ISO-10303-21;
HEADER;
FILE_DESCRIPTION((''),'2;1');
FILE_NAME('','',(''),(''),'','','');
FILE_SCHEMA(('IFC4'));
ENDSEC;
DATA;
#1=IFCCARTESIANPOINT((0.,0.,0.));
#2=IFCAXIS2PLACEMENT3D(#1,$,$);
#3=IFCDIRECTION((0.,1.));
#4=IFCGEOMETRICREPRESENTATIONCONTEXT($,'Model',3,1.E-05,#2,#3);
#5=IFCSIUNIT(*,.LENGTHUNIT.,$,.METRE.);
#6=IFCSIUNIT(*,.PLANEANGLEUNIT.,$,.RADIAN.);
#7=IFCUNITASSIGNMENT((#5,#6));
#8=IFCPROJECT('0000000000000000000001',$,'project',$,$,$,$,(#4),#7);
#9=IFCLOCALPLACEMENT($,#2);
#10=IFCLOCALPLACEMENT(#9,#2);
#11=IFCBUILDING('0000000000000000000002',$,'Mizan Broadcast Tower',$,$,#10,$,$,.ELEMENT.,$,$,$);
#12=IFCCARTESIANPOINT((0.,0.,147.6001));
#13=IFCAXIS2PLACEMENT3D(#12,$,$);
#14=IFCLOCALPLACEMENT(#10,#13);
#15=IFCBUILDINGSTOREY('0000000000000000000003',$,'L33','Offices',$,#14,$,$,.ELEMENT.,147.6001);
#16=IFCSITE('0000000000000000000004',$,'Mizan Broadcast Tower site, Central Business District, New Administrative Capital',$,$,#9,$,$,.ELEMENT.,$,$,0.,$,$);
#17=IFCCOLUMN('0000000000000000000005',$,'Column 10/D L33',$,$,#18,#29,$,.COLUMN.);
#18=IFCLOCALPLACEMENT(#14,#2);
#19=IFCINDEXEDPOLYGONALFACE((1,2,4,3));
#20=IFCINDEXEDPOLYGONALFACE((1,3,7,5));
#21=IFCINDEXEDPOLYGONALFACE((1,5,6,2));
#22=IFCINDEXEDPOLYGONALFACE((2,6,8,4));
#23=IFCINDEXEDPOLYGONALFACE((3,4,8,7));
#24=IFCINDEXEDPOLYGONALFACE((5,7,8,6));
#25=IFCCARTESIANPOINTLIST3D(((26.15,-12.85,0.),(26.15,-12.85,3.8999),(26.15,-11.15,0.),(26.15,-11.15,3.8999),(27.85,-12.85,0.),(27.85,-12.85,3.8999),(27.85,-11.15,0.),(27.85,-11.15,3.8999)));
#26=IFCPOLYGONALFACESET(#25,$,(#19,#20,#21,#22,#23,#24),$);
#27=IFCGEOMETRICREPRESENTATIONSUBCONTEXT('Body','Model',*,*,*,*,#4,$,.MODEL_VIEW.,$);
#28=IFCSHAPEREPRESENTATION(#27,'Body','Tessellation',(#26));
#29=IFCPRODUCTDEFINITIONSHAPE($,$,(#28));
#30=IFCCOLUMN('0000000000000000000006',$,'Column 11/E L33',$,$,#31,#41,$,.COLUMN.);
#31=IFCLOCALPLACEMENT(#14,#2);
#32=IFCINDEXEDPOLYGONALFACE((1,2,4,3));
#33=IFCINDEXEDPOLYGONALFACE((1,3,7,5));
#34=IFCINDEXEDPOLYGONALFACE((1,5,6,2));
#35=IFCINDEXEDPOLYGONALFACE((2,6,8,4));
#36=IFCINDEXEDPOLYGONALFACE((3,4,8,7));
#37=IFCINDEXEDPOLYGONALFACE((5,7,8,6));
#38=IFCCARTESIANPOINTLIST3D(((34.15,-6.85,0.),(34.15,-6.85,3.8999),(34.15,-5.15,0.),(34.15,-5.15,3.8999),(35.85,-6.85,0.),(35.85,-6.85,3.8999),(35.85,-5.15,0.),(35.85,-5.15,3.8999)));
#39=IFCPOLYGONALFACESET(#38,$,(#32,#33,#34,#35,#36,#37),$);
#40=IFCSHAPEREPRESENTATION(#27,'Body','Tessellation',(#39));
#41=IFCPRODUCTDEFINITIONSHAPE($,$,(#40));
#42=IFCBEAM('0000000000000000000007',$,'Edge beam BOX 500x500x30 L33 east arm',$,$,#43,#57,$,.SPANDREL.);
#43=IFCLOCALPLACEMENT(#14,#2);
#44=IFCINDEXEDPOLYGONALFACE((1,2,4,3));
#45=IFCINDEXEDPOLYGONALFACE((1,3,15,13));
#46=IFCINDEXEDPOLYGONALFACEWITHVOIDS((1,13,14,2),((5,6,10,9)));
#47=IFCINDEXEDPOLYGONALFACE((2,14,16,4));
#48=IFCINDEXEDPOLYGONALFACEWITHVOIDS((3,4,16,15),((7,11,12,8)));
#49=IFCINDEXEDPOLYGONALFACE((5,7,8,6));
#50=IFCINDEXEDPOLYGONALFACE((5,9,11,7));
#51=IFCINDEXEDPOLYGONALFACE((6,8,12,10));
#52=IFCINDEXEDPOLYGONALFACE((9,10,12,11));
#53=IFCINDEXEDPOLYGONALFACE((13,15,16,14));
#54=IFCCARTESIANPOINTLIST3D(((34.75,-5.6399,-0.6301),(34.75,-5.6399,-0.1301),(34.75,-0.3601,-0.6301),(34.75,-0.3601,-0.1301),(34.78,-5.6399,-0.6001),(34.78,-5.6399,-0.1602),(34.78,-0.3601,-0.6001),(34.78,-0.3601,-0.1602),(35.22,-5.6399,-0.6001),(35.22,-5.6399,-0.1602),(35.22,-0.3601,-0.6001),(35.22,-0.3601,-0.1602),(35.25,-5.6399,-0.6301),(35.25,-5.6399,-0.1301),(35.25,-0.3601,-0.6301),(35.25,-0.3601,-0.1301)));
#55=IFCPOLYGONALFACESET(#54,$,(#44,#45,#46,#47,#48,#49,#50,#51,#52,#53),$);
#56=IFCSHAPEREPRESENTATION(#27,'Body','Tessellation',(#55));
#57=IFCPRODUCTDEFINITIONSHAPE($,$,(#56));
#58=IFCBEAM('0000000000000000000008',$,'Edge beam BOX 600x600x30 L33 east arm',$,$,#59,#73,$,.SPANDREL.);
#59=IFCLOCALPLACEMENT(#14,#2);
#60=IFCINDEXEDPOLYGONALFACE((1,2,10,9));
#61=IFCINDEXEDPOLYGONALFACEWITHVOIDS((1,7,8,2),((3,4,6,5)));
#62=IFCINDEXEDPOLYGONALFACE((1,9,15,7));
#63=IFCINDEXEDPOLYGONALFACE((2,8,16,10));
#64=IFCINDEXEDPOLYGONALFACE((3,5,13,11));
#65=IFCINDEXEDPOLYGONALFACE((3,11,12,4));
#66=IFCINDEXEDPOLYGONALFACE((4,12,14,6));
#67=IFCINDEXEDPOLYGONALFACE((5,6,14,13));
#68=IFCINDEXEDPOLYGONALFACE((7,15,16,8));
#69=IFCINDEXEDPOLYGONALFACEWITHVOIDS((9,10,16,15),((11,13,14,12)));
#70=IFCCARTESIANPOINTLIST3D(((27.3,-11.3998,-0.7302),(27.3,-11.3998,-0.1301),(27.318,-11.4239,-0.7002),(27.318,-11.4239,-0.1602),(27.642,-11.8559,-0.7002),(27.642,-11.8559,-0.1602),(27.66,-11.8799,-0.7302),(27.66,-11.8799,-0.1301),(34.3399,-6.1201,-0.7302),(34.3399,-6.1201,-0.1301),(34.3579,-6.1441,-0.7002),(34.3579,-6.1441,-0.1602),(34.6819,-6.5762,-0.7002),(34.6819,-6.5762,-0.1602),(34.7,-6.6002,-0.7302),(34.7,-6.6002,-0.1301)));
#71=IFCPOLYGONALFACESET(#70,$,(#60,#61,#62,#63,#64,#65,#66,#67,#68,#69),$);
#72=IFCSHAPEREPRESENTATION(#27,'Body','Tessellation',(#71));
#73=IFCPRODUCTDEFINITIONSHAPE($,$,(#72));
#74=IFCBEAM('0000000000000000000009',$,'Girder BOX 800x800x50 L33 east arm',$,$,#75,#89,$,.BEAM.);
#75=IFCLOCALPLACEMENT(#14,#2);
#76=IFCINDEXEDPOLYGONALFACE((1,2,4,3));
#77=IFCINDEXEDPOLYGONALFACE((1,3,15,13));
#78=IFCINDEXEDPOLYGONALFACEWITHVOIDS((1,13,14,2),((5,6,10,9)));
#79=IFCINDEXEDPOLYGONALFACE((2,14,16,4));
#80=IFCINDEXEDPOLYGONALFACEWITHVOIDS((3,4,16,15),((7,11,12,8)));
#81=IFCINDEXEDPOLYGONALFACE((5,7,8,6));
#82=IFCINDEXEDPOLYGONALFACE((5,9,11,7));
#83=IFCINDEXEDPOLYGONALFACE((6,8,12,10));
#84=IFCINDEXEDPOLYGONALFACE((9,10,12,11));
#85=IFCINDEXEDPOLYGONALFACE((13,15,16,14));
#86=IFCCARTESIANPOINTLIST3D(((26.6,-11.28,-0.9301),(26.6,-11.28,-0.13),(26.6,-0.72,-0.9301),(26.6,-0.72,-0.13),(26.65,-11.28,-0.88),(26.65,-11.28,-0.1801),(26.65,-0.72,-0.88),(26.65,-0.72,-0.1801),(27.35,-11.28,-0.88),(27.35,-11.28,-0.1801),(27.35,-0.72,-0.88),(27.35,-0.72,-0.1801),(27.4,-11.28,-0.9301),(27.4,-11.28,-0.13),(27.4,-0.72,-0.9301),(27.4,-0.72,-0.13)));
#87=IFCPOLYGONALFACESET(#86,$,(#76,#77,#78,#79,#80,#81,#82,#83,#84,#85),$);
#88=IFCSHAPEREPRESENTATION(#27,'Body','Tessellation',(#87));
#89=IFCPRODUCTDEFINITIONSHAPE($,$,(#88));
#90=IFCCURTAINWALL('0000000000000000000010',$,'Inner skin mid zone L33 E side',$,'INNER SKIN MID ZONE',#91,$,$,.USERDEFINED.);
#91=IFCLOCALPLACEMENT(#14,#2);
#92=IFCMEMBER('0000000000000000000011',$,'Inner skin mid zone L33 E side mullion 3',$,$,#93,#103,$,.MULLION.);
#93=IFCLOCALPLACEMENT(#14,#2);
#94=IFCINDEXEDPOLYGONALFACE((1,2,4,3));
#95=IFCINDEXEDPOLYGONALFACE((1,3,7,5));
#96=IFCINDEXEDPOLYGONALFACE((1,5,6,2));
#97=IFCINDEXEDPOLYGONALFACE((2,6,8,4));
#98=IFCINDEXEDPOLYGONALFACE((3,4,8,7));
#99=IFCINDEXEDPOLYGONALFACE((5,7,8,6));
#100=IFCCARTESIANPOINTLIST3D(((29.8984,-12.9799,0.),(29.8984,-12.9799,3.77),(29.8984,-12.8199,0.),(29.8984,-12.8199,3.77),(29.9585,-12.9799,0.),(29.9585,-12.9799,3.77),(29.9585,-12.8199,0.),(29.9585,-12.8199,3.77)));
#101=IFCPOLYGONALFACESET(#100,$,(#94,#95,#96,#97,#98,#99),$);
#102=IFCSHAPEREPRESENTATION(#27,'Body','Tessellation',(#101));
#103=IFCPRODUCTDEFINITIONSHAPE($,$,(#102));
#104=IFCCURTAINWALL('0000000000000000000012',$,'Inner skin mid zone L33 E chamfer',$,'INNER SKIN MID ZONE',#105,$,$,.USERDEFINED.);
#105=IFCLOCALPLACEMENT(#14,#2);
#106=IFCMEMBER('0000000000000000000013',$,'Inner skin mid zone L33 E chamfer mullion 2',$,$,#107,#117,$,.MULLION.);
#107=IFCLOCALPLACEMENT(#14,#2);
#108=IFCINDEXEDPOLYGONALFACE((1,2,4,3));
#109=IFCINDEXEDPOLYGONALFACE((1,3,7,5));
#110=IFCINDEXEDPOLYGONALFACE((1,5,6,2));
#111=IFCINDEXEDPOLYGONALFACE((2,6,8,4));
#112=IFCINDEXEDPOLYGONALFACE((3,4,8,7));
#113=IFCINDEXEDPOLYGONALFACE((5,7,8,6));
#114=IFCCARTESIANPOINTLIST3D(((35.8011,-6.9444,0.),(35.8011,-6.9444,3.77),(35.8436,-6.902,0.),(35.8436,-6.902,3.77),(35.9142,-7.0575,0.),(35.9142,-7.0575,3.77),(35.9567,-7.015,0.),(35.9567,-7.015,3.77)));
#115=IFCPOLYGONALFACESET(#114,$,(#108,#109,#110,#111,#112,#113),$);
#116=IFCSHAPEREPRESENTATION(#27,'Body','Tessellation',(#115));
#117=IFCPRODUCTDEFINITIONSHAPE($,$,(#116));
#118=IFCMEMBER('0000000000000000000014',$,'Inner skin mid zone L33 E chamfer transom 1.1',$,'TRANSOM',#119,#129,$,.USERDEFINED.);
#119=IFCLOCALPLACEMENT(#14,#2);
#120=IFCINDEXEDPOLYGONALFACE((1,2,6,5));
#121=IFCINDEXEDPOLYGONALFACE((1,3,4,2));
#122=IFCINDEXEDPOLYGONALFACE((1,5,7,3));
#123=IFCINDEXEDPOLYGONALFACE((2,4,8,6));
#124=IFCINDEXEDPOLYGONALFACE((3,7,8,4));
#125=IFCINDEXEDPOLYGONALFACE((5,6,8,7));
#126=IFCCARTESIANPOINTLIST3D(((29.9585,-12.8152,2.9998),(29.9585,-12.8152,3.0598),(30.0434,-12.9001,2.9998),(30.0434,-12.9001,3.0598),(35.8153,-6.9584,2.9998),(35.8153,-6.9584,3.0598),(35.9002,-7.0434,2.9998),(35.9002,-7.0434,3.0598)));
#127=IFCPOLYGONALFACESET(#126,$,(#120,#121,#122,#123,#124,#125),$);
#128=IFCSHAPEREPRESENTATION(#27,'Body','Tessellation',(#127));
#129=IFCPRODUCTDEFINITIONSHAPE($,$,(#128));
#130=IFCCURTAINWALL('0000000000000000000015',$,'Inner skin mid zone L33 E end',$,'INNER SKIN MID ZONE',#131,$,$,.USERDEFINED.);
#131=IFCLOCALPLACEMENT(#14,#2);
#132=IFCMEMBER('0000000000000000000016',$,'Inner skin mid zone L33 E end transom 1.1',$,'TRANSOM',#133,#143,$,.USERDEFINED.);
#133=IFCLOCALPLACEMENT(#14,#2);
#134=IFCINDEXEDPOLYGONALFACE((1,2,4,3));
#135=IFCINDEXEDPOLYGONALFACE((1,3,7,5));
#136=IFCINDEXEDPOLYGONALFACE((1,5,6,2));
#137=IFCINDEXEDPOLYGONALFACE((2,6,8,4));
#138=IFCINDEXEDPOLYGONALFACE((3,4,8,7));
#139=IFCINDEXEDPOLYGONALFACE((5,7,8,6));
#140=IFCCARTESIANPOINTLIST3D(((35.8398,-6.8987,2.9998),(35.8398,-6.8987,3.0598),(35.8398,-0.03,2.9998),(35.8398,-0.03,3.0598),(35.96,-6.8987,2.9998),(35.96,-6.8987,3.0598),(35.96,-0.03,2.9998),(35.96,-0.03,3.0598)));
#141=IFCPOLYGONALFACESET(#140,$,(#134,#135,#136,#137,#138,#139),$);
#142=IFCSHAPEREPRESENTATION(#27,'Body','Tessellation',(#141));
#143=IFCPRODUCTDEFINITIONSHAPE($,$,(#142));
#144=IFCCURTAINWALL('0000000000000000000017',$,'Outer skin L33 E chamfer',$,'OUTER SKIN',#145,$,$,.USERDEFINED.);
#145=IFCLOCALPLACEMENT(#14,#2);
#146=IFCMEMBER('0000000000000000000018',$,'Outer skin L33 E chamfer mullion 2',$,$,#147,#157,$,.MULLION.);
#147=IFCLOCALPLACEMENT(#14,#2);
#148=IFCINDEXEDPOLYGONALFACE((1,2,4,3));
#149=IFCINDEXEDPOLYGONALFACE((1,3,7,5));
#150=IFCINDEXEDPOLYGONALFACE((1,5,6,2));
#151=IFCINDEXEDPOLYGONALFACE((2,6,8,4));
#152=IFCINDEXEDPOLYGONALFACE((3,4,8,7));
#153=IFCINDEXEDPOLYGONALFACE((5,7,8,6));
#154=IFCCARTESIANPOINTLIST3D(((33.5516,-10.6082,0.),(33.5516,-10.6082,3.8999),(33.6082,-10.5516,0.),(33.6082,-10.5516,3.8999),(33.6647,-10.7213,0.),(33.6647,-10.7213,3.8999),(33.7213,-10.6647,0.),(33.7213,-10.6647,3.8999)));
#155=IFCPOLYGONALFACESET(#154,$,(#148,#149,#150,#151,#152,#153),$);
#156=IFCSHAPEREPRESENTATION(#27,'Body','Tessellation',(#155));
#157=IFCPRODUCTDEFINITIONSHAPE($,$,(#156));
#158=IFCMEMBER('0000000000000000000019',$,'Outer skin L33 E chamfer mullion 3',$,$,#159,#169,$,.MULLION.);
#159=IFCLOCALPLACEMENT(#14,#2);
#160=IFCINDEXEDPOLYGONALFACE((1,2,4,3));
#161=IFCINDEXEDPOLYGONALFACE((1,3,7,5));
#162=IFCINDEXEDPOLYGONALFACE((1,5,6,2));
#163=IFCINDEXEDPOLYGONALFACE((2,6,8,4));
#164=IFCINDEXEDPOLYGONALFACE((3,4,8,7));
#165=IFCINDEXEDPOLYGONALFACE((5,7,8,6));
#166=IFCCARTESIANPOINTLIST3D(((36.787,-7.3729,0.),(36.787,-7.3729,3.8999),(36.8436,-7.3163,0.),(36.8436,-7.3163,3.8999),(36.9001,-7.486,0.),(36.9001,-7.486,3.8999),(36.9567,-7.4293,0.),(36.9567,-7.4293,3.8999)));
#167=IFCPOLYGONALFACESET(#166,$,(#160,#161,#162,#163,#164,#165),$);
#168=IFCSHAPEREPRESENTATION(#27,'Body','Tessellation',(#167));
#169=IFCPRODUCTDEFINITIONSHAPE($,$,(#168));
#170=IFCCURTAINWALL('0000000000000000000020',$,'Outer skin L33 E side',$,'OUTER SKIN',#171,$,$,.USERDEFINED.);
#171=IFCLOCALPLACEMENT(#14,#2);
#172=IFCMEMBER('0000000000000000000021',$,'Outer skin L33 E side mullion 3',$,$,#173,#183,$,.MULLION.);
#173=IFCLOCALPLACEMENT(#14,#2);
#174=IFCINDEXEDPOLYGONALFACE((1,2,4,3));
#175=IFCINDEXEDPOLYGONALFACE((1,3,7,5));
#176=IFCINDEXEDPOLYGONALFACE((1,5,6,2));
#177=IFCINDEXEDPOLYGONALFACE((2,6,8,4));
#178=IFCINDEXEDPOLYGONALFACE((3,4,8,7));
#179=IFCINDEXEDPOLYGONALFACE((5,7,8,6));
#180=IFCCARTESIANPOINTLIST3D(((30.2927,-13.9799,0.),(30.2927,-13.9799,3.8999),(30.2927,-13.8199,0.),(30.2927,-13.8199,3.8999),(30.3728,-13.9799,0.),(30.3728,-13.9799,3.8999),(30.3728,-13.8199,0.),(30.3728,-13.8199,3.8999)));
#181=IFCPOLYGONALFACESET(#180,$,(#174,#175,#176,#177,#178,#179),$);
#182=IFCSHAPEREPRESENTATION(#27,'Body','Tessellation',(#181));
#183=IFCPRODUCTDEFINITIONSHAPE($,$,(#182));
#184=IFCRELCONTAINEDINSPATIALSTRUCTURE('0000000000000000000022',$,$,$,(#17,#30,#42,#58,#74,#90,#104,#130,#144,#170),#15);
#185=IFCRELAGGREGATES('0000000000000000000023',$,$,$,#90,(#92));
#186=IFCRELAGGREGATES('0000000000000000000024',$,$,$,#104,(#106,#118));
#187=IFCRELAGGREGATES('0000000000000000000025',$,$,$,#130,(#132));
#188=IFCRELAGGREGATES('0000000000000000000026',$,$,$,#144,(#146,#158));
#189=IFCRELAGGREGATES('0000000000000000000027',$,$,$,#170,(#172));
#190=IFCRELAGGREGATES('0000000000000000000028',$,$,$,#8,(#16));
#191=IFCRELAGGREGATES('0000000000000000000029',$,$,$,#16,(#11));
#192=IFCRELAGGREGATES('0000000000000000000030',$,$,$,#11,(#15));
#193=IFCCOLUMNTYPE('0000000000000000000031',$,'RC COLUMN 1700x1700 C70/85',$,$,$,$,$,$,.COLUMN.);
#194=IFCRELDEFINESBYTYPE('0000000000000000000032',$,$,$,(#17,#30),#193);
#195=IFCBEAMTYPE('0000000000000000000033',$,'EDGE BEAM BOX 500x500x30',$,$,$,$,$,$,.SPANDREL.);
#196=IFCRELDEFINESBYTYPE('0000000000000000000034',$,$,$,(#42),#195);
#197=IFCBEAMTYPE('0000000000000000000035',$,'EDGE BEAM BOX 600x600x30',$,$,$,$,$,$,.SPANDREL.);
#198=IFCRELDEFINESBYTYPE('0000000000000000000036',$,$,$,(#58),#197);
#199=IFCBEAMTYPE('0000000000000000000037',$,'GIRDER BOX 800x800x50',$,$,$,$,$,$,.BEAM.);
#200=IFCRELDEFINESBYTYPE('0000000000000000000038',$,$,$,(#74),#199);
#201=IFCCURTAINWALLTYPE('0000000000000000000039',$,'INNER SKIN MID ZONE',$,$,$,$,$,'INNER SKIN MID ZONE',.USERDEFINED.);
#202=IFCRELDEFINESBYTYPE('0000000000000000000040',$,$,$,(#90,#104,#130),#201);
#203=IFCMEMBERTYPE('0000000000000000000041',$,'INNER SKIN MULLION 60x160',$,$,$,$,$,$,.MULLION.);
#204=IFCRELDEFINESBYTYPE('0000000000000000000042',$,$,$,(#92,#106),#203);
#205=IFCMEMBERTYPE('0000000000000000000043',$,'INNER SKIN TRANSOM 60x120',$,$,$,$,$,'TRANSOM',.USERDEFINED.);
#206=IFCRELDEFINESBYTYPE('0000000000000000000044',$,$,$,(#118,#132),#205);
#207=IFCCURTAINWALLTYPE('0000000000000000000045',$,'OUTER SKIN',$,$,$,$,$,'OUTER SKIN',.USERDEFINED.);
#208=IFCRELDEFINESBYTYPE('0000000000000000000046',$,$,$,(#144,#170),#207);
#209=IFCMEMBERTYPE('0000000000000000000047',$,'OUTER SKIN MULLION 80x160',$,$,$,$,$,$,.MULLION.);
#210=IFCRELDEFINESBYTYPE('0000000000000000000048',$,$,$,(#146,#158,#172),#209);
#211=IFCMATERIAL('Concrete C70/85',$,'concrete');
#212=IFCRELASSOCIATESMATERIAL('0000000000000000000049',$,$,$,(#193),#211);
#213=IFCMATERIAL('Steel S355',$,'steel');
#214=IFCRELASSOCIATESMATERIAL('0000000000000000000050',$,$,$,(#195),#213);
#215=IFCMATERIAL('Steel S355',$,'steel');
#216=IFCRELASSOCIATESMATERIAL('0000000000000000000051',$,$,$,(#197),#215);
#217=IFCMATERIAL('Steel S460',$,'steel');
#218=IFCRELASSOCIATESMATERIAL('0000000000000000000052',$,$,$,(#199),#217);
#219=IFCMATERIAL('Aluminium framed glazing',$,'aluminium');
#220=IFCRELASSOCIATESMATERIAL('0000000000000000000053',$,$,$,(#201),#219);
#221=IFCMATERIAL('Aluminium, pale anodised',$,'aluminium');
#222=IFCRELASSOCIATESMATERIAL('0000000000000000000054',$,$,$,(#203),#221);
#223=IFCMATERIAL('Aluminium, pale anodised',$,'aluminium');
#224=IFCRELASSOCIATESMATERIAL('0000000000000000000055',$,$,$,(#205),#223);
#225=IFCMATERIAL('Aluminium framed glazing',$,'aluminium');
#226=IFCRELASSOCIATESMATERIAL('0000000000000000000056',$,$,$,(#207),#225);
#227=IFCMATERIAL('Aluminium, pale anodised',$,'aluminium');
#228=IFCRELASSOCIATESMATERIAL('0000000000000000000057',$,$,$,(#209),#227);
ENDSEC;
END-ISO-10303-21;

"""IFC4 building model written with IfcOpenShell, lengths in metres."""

from ifc_helpers import new_model, si_unit, direction, frame, origin, origin_2d, place, context, subcontext, project, spatial, rectangle, hollow_rectangle, extrude, material, material_profile, profile_set, type_object, element, aggregate, save


model = new_model("IFC4")

# Units and contexts
model_context = context("Model", 3, precision=1e-05, world=origin(), true_north=direction((0.0, 1.0)))
body_context = subcontext(model_context, "Body", "Model", "MODEL_VIEW")
ifc_project = project(units=[si_unit("LENGTHUNIT", "METRE"), si_unit("PLANEANGLEUNIT", "RADIAN")], contexts=[model_context])

# Site, building, storey
site_placement = place(None, origin())
site = spatial("IfcSite", under=ifc_project, at=site_placement, Name="Mizan Broadcast Tower site, Central Business District, New Administrative Capital", CompositionType="ELEMENT", RefElevation=0.0)
building_placement = place(site_placement, origin())
building = spatial("IfcBuilding", under=site, at=building_placement, Name="Mizan Broadcast Tower", CompositionType="ELEMENT")
storey_placement = place(building_placement, frame((0.0, 0.0, 147.6001)))
storey = spatial("IfcBuildingStorey", under=building, at=storey_placement, Name="L33", Description="Offices", CompositionType="ELEMENT", Elevation=147.6001)

# Columns
ifc_material_1 = material(Name="Concrete C70/85", Category="concrete")
ifc_material_profile_1 = material_profile(ifc_material_1, rectangle(XDim=1.7, YDim=1.7, at=origin_2d()), Name="RC 1700x1700")
ifc_profile_set_1 = profile_set([ifc_material_profile_1], Name="Concrete C70/85")
column_type = type_object("IfcColumnType", Name="RC COLUMN 1700x1700 C70/85", PredefinedType="COLUMN", material=ifc_profile_set_1)
for number, where, z_axis, x_axis, name in (
    (1, (27.0, -12.0, 0.0), (0.0, 0.0, 1.0), (1.0, 0.0, 0.0), "Column 10/D L33"),
    (2, (35.0, -6.0, 0.0), (0.0, 0.0, 1.0), (1.0, 0.0, 0.0), "Column 11/E L33"),
):
    element("IfcColumn", number, at=place(storey_placement, frame(where, z_axis=z_axis, x_axis=x_axis)), inside=storey, type_object=column_type, Name=name, PredefinedType="COLUMN", context=body_context, shape_type="SweptSolid", body=[
        extrude(rectangle(XDim=1.7, YDim=1.7, at=origin_2d()), origin(), (0.0, 0.0, 1.0), 3.8999),
    ])

# Beams
ifc_material_2 = material(Name="Steel S355", Category="steel")
ifc_material_profile_2 = material_profile(ifc_material_2, hollow_rectangle(XDim=0.5, YDim=0.5, WallThickness=0.03, at=origin_2d()), Name="BOX 500x500x30")
ifc_profile_set_2 = profile_set([ifc_material_profile_2], Name="Steel S355")
beam_type_1 = type_object("IfcBeamType", Name="EDGE BEAM BOX 500x500x30", PredefinedType="SPANDREL", material=ifc_profile_set_2)
beam_1_placement = place(storey_placement, frame((35.0, -5.6399, -0.3801), z_axis=(0.0, 1.0, 0.0), x_axis=(-1.0, 0.0, 0.0)))
element("IfcBeam", 3, at=beam_1_placement, inside=storey, type_object=beam_type_1, Name="Edge beam BOX 500x500x30 L33 east arm", PredefinedType="SPANDREL", context=body_context, shape_type="SweptSolid", body=[
    extrude(hollow_rectangle(XDim=0.5, YDim=0.5, WallThickness=0.03, at=origin_2d()), origin(), (0.0, 0.0, 1.0), 5.2798),
])
ifc_material_3 = material(Name="Steel S355", Category="steel")
ifc_material_profile_3 = material_profile(ifc_material_3, hollow_rectangle(XDim=0.6001, YDim=0.6001, WallThickness=0.03, at=origin_2d()), Name="BOX 600x600x30")
ifc_profile_set_3 = profile_set([ifc_material_profile_3], Name="Steel S355")
beam_type_2 = type_object("IfcBeamType", Name="EDGE BEAM BOX 600x600x30", PredefinedType="SPANDREL", material=ifc_profile_set_3)
beam_2_placement = place(storey_placement, frame((27.48, -11.6399, -0.4302), z_axis=(0.800013, 0.599982, 0.0), x_axis=(-0.599982, 0.800013, 0.0)))
element("IfcBeam", 4, at=beam_2_placement, inside=storey, type_object=beam_type_2, Name="Edge beam BOX 600x600x30 L33 east arm", PredefinedType="SPANDREL", context=body_context, shape_type="SweptSolid", body=[
    extrude(hollow_rectangle(XDim=0.6001, YDim=0.6001, WallThickness=0.03, at=origin_2d()), origin(), (0.0, 0.0, 1.0), 8.7998),
])
ifc_material_4 = material(Name="Steel S460", Category="steel")
ifc_material_profile_4 = material_profile(ifc_material_4, hollow_rectangle(XDim=0.8, YDim=0.8, WallThickness=0.05, at=origin_2d()), Name="BOX 800x800x50")
ifc_profile_set_4 = profile_set([ifc_material_profile_4], Name="Steel S460")
beam_type_3 = type_object("IfcBeamType", Name="GIRDER BOX 800x800x50", PredefinedType="BEAM", material=ifc_profile_set_4)
beam_3_placement = place(storey_placement, frame((27.0, -11.28, -0.53), z_axis=(0.0, 1.0, 0.0), x_axis=(-1.0, 0.0, 0.0)))
element("IfcBeam", 5, at=beam_3_placement, inside=storey, type_object=beam_type_3, Name="Girder BOX 800x800x50 L33 east arm", PredefinedType="BEAM", context=body_context, shape_type="SweptSolid", body=[
    extrude(hollow_rectangle(XDim=0.8, YDim=0.8, WallThickness=0.05, at=origin_2d()), origin(), (0.0, 0.0, 1.0), 10.5601),
])

# Curtain wall, member
ifc_material_5 = material(Name="Aluminium framed glazing", Category="aluminium")
curtain_wall_type_1 = type_object("IfcCurtainWallType", Name="INNER SKIN MID ZONE", ElementType="INNER SKIN MID ZONE", PredefinedType="USERDEFINED", material=ifc_material_5)
curtain_wall_1_placement = place(storey_placement, origin())
curtain_wall_1 = element("IfcCurtainWall", 6, at=curtain_wall_1_placement, inside=storey, type_object=curtain_wall_type_1, Name="Inner skin mid zone L33 E side", ObjectType="INNER SKIN MID ZONE", PredefinedType="USERDEFINED")
ifc_material_6 = material(Name="Aluminium, pale anodised", Category="aluminium")
ifc_material_profile_5 = material_profile(ifc_material_6, rectangle(XDim=0.1599, YDim=0.0601, at=origin_2d()), Name="MULLION 160x60")
ifc_profile_set_5 = profile_set([ifc_material_profile_5], Name="Aluminium, pale anodised")
member_type_1 = type_object("IfcMemberType", Name="INNER SKIN MULLION 60x160", PredefinedType="MULLION", material=ifc_profile_set_5)
member_1_placement = place(storey_placement, frame((29.9285, -12.8999, 0.0), z_axis=(0.0, 0.0, 1.0), x_axis=(0.0, 1.0, 0.0)))
member_1 = element("IfcMember", 7, at=member_1_placement, type_object=member_type_1, Name="Inner skin mid zone L33 E side mullion 3", PredefinedType="MULLION", context=body_context, shape_type="SweptSolid", body=[
    extrude(rectangle(XDim=0.1599, YDim=0.0601, at=origin_2d()), origin(), (0.0, 0.0, 1.0), 3.77),
])

# Curtain wall, members
curtain_wall_2_placement = place(storey_placement, origin())
curtain_wall_2 = element("IfcCurtainWall", 8, at=curtain_wall_2_placement, inside=storey, type_object=curtain_wall_type_1, Name="Inner skin mid zone L33 E chamfer", ObjectType="INNER SKIN MID ZONE", PredefinedType="USERDEFINED")
member_2_placement = place(storey_placement, frame((35.8789, -6.9797, 0.0), z_axis=(0.0, 0.0, 1.0), x_axis=(-0.707107, 0.707107, 0.0)))
member_2 = element("IfcMember", 9, at=member_2_placement, type_object=member_type_1, Name="Inner skin mid zone L33 E chamfer mullion 2", PredefinedType="MULLION", context=body_context, shape_type="SweptSolid", body=[
    extrude(rectangle(XDim=0.1599, YDim=0.0601, at=origin_2d()), origin(), (0.0, 0.0, 1.0), 3.77),
])
ifc_material_7 = material(Name="Aluminium, pale anodised", Category="aluminium")
ifc_material_profile_6 = material_profile(ifc_material_7, rectangle(XDim=0.1201, YDim=0.0601, at=origin_2d()), Name="TRANSOM 120x60")
ifc_profile_set_6 = profile_set([ifc_material_profile_6], Name="Aluminium, pale anodised")
member_type_2 = type_object("IfcMemberType", Name="INNER SKIN TRANSOM 60x120", ElementType="TRANSOM", PredefinedType="USERDEFINED", material=ifc_profile_set_6)
member_3_placement = place(storey_placement, frame((30.001, -12.8577, 3.0298), z_axis=(0.707107, 0.707107, 0.0), x_axis=(-0.707107, 0.707107, 0.0)))
member_3 = element("IfcMember", 10, at=member_3_placement, type_object=member_type_2, Name="Inner skin mid zone L33 E chamfer transom 1.1", ObjectType="TRANSOM", PredefinedType="USERDEFINED", context=body_context, shape_type="SweptSolid", body=[
    extrude(rectangle(XDim=0.1201, YDim=0.0601, at=origin_2d()), origin(), (0.0, 0.0, 1.0), 8.2827),
])

# Curtain wall, member
curtain_wall_3_placement = place(storey_placement, origin())
curtain_wall_3 = element("IfcCurtainWall", 11, at=curtain_wall_3_placement, inside=storey, type_object=curtain_wall_type_1, Name="Inner skin mid zone L33 E end", ObjectType="INNER SKIN MID ZONE", PredefinedType="USERDEFINED")
member_4_placement = place(storey_placement, frame((35.8999, -6.8987, 3.0298), z_axis=(0.0, 1.0, 0.0), x_axis=(-1.0, 0.0, 0.0)))
member_4 = element("IfcMember", 12, at=member_4_placement, type_object=member_type_2, Name="Inner skin mid zone L33 E end transom 1.1", ObjectType="TRANSOM", PredefinedType="USERDEFINED", context=body_context, shape_type="SweptSolid", body=[
    extrude(rectangle(XDim=0.1201, YDim=0.0601, at=origin_2d()), origin(), (0.0, 0.0, 1.0), 6.8687),
])

# Curtain wall, members
ifc_material_8 = material(Name="Aluminium framed glazing", Category="aluminium")
curtain_wall_type_2 = type_object("IfcCurtainWallType", Name="OUTER SKIN", ElementType="OUTER SKIN", PredefinedType="USERDEFINED", material=ifc_material_8)
curtain_wall_4_placement = place(storey_placement, origin())
curtain_wall_4 = element("IfcCurtainWall", 13, at=curtain_wall_4_placement, inside=storey, type_object=curtain_wall_type_2, Name="Outer skin L33 E chamfer", ObjectType="OUTER SKIN", PredefinedType="USERDEFINED")
ifc_material_9 = material(Name="Aluminium, pale anodised", Category="aluminium")
ifc_material_profile_7 = material_profile(ifc_material_9, rectangle(XDim=0.1599, YDim=0.0801, at=origin_2d()), Name="MULLION 160x80")
ifc_profile_set_7 = profile_set([ifc_material_profile_7], Name="Aluminium, pale anodised")
member_type_3 = type_object("IfcMemberType", Name="OUTER SKIN MULLION 80x160", PredefinedType="MULLION", material=ifc_profile_set_7)
member_5_placement = place(storey_placement, frame((33.6365, -10.6365, 0.0), z_axis=(0.0, 0.0, 1.0), x_axis=(-0.707107, 0.707107, 0.0)))
member_5 = element("IfcMember", 14, at=member_5_placement, type_object=member_type_3, Name="Outer skin L33 E chamfer mullion 2", PredefinedType="MULLION", context=body_context, shape_type="SweptSolid", body=[
    extrude(rectangle(XDim=0.1599, YDim=0.0801, at=origin_2d()), origin(), (0.0, 0.0, 1.0), 3.8999),
])
member_6_placement = place(storey_placement, frame((36.8718, -7.4011, 0.0), z_axis=(0.0, 0.0, 1.0), x_axis=(-0.707107, 0.707107, 0.0)))
member_6 = element("IfcMember", 15, at=member_6_placement, type_object=member_type_3, Name="Outer skin L33 E chamfer mullion 3", PredefinedType="MULLION", context=body_context, shape_type="SweptSolid", body=[
    extrude(rectangle(XDim=0.1599, YDim=0.0801, at=origin_2d()), origin(), (0.0, 0.0, 1.0), 3.8999),
])

# Curtain wall, member
curtain_wall_5_placement = place(storey_placement, origin())
curtain_wall_5 = element("IfcCurtainWall", 16, at=curtain_wall_5_placement, inside=storey, type_object=curtain_wall_type_2, Name="Outer skin L33 E side", ObjectType="OUTER SKIN", PredefinedType="USERDEFINED")
member_7_placement = place(storey_placement, frame((30.3328, -13.8999, 0.0), z_axis=(0.0, 0.0, 1.0), x_axis=(0.0, 1.0, 0.0)))
member_7 = element("IfcMember", 17, at=member_7_placement, type_object=member_type_3, Name="Outer skin L33 E side mullion 3", PredefinedType="MULLION", context=body_context, shape_type="SweptSolid", body=[
    extrude(rectangle(XDim=0.1599, YDim=0.0801, at=origin_2d()), origin(), (0.0, 0.0, 1.0), 3.8999),
])

aggregate(curtain_wall_1, [member_1])
aggregate(curtain_wall_2, [member_2, member_3])
aggregate(curtain_wall_3, [member_4])
aggregate(curtain_wall_4, [member_5, member_6])
aggregate(curtain_wall_5, [member_7])

save(model, "model.ifc")
